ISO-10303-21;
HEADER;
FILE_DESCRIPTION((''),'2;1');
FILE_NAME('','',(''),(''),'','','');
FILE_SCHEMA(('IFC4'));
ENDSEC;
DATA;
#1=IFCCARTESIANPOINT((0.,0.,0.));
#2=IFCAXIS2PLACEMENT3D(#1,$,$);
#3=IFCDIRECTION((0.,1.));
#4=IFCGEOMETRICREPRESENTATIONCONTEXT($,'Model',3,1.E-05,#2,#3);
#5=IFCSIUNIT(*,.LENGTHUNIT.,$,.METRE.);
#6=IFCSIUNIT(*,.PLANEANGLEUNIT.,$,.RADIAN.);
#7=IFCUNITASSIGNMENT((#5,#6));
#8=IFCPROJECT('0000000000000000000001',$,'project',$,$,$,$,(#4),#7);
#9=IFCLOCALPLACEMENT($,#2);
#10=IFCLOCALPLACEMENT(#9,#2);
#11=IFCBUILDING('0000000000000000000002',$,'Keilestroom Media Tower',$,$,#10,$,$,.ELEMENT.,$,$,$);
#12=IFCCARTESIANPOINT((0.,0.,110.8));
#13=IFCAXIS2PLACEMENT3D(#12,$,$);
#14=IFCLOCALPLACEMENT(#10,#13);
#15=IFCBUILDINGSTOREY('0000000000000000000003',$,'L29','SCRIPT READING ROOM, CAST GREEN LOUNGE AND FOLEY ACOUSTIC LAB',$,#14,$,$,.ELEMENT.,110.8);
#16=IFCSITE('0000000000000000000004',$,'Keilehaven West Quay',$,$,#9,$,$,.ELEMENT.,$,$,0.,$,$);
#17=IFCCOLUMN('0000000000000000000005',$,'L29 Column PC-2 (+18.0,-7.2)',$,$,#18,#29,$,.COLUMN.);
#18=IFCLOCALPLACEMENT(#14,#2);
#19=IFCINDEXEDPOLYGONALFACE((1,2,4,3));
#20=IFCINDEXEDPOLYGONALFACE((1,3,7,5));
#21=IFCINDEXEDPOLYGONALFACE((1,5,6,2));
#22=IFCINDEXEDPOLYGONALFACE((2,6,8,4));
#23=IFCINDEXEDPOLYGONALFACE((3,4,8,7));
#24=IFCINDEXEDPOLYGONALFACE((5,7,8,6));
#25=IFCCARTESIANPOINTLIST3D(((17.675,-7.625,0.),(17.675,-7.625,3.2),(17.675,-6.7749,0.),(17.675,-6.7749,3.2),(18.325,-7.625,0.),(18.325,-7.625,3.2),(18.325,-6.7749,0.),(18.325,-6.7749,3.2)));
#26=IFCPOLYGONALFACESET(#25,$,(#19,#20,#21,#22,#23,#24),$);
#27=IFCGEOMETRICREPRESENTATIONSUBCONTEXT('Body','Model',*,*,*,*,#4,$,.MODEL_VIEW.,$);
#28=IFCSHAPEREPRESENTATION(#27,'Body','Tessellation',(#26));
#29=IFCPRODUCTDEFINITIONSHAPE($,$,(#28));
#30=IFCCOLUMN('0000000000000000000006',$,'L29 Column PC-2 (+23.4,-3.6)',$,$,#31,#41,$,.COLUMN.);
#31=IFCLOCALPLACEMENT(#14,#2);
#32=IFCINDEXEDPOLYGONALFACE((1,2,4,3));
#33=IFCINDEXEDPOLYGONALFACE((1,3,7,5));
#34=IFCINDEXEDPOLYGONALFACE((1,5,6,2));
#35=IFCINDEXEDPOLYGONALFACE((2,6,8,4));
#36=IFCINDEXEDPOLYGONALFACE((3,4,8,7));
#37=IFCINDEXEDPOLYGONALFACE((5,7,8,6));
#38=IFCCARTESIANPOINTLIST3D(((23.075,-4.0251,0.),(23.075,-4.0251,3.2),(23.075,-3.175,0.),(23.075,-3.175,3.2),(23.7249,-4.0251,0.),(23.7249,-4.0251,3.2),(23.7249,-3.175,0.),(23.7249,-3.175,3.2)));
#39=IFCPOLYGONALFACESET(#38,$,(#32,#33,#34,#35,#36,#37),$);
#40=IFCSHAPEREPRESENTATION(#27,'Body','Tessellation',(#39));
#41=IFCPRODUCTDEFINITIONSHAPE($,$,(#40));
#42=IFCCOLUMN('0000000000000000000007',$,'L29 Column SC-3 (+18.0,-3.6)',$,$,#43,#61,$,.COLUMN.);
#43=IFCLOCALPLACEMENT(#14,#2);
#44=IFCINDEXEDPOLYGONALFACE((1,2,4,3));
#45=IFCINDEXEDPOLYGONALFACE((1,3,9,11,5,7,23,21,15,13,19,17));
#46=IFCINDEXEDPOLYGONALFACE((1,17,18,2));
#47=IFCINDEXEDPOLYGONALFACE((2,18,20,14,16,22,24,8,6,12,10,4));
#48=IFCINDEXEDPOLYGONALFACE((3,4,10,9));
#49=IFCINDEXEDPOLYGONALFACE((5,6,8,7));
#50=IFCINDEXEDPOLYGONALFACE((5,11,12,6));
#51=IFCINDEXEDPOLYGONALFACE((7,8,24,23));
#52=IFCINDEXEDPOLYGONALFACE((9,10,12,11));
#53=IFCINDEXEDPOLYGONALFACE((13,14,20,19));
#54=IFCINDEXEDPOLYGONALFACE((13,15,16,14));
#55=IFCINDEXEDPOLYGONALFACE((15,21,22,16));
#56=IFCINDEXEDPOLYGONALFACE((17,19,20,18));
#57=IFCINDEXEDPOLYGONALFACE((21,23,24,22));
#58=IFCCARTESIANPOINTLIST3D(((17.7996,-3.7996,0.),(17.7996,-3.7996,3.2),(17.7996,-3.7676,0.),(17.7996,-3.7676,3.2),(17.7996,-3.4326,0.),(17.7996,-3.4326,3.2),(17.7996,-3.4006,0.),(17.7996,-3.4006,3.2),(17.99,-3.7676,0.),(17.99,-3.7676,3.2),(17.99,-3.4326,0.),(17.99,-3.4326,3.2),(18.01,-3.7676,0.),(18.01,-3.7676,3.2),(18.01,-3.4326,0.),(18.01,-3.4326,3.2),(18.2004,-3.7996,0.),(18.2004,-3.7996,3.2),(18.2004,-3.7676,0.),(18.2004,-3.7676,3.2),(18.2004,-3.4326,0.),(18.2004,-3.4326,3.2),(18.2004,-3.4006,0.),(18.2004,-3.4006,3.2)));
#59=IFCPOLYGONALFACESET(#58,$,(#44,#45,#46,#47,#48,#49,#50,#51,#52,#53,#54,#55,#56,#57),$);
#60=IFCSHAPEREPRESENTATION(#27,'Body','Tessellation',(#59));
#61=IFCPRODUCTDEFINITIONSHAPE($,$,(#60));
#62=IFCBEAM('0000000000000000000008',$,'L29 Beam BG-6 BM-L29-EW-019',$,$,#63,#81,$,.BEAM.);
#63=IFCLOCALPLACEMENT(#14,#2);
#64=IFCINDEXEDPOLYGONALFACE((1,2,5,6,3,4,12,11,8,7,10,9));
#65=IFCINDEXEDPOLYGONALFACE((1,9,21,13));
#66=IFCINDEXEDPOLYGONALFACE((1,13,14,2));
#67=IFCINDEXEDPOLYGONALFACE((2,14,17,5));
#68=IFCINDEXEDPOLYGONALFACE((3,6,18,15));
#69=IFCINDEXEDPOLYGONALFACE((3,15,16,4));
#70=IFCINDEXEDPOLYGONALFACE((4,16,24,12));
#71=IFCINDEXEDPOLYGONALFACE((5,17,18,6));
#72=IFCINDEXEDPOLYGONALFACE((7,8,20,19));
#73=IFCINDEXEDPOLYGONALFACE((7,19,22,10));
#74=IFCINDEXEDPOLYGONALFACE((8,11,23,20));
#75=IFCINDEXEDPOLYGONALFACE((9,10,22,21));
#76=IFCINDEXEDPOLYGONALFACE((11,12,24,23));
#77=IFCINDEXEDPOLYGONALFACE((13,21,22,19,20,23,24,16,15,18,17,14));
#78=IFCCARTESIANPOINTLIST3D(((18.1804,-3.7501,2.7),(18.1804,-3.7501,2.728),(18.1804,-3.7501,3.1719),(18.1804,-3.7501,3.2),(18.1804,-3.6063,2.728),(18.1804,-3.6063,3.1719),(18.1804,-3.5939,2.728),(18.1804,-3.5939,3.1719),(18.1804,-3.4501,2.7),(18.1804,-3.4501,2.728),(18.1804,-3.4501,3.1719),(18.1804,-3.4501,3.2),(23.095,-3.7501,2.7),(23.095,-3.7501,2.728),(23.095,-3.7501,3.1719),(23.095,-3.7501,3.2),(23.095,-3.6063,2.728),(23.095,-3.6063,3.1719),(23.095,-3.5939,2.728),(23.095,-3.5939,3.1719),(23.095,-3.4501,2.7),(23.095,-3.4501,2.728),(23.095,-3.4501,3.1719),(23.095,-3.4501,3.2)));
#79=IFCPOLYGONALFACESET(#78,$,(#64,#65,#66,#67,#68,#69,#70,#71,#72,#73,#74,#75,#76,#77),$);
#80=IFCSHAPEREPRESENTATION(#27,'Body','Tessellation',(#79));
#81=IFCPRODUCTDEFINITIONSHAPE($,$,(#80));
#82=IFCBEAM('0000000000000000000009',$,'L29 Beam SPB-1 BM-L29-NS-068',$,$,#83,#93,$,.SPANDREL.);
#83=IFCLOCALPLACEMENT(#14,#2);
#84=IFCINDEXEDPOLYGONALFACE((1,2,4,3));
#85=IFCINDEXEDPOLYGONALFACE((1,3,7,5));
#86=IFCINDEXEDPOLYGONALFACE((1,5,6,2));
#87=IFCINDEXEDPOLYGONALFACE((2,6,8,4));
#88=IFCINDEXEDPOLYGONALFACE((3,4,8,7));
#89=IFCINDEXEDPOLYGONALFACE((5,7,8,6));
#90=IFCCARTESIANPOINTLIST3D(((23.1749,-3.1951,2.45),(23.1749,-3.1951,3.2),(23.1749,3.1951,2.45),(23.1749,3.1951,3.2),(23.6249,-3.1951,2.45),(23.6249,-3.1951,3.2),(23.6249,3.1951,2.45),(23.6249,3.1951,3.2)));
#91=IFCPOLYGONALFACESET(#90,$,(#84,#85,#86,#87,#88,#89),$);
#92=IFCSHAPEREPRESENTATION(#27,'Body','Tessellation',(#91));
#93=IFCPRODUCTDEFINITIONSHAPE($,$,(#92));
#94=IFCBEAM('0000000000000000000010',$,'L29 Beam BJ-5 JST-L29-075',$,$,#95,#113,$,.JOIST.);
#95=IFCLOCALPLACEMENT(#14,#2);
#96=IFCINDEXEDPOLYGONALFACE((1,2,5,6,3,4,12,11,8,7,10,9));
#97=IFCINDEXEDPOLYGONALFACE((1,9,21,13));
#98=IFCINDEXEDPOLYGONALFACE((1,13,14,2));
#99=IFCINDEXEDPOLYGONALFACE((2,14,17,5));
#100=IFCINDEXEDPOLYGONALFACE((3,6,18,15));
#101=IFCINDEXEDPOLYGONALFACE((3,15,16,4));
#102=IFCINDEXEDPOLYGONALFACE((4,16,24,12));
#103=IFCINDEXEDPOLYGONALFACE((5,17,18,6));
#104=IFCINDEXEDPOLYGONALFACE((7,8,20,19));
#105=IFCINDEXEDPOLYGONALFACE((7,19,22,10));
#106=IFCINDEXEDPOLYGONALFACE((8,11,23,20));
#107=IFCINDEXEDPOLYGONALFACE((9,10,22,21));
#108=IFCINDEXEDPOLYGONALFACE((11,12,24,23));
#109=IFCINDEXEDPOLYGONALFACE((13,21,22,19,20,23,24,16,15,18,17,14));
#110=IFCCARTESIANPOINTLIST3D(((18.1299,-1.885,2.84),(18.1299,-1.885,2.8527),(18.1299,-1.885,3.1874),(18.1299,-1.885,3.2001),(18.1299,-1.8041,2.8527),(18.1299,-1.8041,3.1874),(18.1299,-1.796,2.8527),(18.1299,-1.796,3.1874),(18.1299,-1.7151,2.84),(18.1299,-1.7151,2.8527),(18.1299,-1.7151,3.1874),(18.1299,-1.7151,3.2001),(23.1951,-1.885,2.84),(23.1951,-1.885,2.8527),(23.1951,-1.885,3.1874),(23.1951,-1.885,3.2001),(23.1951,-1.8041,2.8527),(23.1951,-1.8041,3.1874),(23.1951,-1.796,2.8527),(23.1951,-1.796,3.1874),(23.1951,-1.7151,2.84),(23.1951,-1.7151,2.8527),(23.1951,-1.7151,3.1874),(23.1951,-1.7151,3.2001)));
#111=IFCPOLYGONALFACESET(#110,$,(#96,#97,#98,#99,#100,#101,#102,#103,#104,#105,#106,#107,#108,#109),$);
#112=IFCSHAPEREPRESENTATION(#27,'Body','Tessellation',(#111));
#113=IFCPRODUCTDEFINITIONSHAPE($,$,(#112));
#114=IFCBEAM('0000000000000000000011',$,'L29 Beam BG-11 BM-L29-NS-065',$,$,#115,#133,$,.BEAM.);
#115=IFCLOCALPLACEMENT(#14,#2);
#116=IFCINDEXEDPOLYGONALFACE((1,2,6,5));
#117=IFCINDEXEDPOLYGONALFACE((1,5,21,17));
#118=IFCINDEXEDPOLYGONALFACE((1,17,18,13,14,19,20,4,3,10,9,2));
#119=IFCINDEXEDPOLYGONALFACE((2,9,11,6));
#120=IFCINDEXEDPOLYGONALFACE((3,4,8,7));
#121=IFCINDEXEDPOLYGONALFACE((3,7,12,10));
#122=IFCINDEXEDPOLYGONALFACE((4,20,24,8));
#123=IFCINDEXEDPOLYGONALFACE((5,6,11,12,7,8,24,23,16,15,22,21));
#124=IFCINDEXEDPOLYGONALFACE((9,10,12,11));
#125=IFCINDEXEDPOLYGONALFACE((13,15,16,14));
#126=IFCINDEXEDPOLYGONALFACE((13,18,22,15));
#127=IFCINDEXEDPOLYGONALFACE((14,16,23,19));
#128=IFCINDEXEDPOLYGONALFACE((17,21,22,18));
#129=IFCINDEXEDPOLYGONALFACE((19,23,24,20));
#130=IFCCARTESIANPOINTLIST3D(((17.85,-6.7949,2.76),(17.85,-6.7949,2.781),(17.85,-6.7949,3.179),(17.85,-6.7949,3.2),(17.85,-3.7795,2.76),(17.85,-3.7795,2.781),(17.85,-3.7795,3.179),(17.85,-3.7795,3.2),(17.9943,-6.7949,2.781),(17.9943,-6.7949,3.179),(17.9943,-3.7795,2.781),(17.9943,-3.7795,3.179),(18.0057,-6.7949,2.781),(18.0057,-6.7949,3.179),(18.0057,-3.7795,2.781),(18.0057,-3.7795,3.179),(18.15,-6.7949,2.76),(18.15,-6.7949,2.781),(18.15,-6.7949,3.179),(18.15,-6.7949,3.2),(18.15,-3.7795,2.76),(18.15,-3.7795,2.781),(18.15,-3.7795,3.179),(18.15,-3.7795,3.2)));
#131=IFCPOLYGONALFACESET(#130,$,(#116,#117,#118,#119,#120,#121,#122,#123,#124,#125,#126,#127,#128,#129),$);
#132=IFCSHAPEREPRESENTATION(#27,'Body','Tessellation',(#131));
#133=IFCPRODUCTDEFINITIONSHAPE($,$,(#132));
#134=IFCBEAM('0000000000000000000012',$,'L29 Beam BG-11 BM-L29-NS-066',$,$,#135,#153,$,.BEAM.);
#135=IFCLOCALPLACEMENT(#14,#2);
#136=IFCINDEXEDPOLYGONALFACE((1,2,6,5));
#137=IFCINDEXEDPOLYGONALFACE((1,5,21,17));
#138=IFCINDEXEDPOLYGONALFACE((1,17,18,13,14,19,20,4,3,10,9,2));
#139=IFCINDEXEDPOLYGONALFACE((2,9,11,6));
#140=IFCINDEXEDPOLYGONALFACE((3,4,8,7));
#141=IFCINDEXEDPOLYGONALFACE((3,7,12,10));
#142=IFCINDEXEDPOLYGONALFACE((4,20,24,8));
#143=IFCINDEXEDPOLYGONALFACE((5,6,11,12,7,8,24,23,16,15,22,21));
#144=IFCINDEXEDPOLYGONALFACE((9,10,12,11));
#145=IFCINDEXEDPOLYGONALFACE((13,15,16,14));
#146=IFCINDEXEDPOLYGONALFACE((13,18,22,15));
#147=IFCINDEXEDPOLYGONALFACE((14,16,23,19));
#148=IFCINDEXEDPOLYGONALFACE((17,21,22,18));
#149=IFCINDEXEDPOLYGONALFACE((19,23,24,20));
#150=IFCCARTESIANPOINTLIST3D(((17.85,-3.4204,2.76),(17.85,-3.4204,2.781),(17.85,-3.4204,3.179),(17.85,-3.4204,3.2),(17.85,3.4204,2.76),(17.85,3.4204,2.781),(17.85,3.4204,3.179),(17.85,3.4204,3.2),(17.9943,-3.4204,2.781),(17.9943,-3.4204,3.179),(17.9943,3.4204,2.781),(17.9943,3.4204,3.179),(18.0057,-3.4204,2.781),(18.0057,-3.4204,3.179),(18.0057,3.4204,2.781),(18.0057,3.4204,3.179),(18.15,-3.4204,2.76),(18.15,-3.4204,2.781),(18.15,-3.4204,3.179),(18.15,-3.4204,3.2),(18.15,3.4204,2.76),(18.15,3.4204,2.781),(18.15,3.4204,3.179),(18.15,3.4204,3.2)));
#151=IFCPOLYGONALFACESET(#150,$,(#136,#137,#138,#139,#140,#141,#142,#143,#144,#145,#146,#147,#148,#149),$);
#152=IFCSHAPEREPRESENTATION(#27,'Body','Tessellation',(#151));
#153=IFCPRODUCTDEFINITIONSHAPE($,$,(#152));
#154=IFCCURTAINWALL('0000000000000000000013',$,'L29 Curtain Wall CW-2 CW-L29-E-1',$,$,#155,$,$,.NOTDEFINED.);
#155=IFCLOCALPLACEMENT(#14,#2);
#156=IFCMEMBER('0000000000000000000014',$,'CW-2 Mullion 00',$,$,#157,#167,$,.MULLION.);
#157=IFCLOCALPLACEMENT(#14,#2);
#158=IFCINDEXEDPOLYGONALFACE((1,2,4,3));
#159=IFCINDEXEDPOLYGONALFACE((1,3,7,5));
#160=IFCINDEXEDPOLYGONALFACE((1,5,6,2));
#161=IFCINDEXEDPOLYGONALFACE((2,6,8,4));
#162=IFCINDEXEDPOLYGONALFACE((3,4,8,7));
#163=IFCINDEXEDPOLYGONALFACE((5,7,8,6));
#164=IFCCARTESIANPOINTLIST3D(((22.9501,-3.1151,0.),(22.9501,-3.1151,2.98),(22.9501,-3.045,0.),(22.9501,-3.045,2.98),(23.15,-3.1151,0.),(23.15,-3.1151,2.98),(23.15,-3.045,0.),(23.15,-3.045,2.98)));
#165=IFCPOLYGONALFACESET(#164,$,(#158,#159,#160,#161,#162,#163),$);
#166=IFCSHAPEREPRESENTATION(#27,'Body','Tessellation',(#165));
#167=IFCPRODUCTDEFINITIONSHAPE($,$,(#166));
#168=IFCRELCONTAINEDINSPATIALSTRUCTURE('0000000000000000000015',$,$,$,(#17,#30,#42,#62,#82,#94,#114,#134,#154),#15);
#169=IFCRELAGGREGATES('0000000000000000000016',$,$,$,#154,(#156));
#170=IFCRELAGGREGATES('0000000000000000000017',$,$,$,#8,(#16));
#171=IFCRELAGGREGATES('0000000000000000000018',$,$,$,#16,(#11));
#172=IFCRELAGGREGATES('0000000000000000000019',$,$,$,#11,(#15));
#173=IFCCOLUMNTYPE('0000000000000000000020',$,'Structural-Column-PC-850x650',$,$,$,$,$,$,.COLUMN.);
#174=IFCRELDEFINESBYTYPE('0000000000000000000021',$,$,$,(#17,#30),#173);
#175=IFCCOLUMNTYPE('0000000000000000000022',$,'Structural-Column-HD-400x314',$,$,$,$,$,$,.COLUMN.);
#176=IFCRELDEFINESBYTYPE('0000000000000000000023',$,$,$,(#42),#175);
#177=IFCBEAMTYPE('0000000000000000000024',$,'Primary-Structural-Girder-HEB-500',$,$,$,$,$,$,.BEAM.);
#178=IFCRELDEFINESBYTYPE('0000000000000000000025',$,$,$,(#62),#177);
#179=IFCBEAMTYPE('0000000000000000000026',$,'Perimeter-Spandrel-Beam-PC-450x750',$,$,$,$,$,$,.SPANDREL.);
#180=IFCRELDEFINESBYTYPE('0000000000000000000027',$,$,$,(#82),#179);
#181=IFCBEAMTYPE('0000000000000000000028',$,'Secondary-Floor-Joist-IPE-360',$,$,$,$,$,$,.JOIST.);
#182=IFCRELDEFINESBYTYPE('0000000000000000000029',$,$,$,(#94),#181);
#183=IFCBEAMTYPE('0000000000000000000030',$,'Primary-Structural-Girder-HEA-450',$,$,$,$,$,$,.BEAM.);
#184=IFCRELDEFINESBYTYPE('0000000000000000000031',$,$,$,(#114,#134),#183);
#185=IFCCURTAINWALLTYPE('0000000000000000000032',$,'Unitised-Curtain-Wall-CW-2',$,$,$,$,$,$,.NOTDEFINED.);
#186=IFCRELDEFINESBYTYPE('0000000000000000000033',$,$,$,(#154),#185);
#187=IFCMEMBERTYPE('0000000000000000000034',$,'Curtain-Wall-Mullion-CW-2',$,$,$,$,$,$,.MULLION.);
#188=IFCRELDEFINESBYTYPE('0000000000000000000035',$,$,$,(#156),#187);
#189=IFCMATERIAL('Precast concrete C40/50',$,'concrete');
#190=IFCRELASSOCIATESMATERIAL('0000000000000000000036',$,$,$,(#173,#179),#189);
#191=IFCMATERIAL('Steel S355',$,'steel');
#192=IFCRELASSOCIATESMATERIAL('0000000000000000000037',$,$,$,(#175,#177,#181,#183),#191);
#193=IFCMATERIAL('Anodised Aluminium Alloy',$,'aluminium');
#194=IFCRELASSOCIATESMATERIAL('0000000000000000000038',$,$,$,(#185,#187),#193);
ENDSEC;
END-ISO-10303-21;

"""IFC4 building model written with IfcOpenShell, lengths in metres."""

from ifc_helpers import new_model, si_unit, direction, frame, origin, origin_2d, place, context, subcontext, project, spatial, rectangle, i_section, extrude, source, transform, mapped, material, material_profile, profile_set, type_object, element, aggregate, save


model = new_model("IFC4")

# Units and contexts
model_context = context("Model", 3, precision=1e-05, world=origin(), true_north=direction((0.0, 1.0)))
body_context = subcontext(model_context, "Body", "Model", "MODEL_VIEW")
ifc_project = project(units=[si_unit("LENGTHUNIT", "METRE"), si_unit("PLANEANGLEUNIT", "RADIAN")], contexts=[model_context])

# Site, building, storey
site_placement = place(None, origin())
site = spatial("IfcSite", under=ifc_project, at=site_placement, Name="Keilehaven West Quay", CompositionType="ELEMENT", RefElevation=0.0)
building_placement = place(site_placement, origin())
building = spatial("IfcBuilding", under=site, at=building_placement, Name="Keilestroom Media Tower", CompositionType="ELEMENT")
storey_placement = place(building_placement, frame((0.0, 0.0, 110.8)))
storey = spatial("IfcBuildingStorey", under=building, at=storey_placement, Name="L29", Description="SCRIPT READING ROOM, CAST GREEN LOUNGE AND FOLEY ACOUSTIC LAB", CompositionType="ELEMENT", Elevation=110.8)

# Columns
ifc_material_1 = material(Name="Precast concrete C40/50", Category="concrete")
ifc_material_profile_1 = material_profile(ifc_material_1, rectangle(XDim=0.6499, YDim=0.8501, at=origin_2d()), Name="PC 850x650")
ifc_profile_set_1 = profile_set([ifc_material_profile_1], Name="Precast concrete C40/50")
column_type_1 = type_object("IfcColumnType", Name="Structural-Column-PC-850x650", PredefinedType="COLUMN", material=ifc_profile_set_1)
shared_shape_1 = source(origin(), body_context, "Body", "SweptSolid", [
    extrude(rectangle(XDim=0.6499, YDim=0.8501, at=origin_2d()), origin(), (0.0, 0.0, 1.0), 3.2),
])
for number, where, z_axis, x_axis, name in (
    (1, (18.0, -7.2, 0.0), (0.0, 0.0, 1.0), (1.0, 0.0, 0.0), "L29 Column PC-2 (+18.0,-7.2)"),
    (2, (23.3999, -3.6001, 0.0), (0.0, 0.0, 1.0), (1.0, 0.0, 0.0), "L29 Column PC-2 (+23.4,-3.6)"),
):
    element("IfcColumn", number, at=place(storey_placement, frame(where, z_axis=z_axis, x_axis=x_axis)), inside=storey, type_object=column_type_1, Name=name, PredefinedType="COLUMN", context=body_context, shape_type="MappedRepresentation", body=[
        mapped(shared_shape_1, transform((0.0, 0.0, 0.0), x_axis=(1.0, 0.0, 0.0), y_axis=(0.0, 1.0, 0.0), z_axis=(0.0, 0.0, 1.0), scale=1.0)),
    ])
ifc_material_2 = material(Name="Steel S355", Category="steel")
ifc_material_profile_2 = material_profile(ifc_material_2, i_section(OverallWidth=0.4009, OverallDepth=0.3989, WebThickness=0.02, FlangeThickness=0.032, at=origin_2d()), Name="HD 400x314")
ifc_profile_set_2 = profile_set([ifc_material_profile_2], Name="Steel S355")
column_type_2 = type_object("IfcColumnType", Name="Structural-Column-HD-400x314", PredefinedType="COLUMN", material=ifc_profile_set_2)
shared_shape_2 = source(origin(), body_context, "Body", "SweptSolid", [
    extrude(i_section(OverallWidth=0.4009, OverallDepth=0.3989, WebThickness=0.02, FlangeThickness=0.032, at=origin_2d()), origin(), (0.0, 0.0, 1.0), 3.2),
])
column_placement = place(storey_placement, frame((18.0, -3.6001, 0.0), z_axis=(0.0, 0.0, 1.0), x_axis=(1.0, 0.0, 0.0)))
element("IfcColumn", 3, at=column_placement, inside=storey, type_object=column_type_2, Name="L29 Column SC-3 (+18.0,-3.6)", PredefinedType="COLUMN", context=body_context, shape_type="MappedRepresentation", body=[
    mapped(shared_shape_2, transform((0.0, 0.0, 0.0), x_axis=(1.0, 0.0, 0.0), y_axis=(0.0, 1.0, 0.0), z_axis=(0.0, 0.0, 1.0), scale=1.0)),
])

# Beams
ifc_material_profile_3 = material_profile(ifc_material_2, i_section(OverallWidth=0.3, OverallDepth=0.5, WebThickness=0.0125, FlangeThickness=0.0281, at=origin_2d()), Name="HEB 500")
ifc_profile_set_3 = profile_set([ifc_material_profile_3], Name="Steel S355")
beam_type_1 = type_object("IfcBeamType", Name="Primary-Structural-Girder-HEB-500", PredefinedType="BEAM", material=ifc_profile_set_3)
shared_shape_3 = source(origin(), body_context, "Body", "SweptSolid", [
    extrude(i_section(OverallWidth=0.3, OverallDepth=0.5, WebThickness=0.0125, FlangeThickness=0.0281, at=origin_2d()), origin(), (0.0, 0.0, 1.0), 4.9146),
])
beam_1_placement = place(storey_placement, frame((18.1804, -3.6001, 2.95), z_axis=(1.0, 0.0, 0.0), x_axis=(0.0, 1.0, 0.0)))
element("IfcBeam", 4, at=beam_1_placement, inside=storey, type_object=beam_type_1, Name="L29 Beam BG-6 BM-L29-EW-019", PredefinedType="BEAM", context=body_context, shape_type="MappedRepresentation", body=[
    mapped(shared_shape_3, transform((0.0, 0.0, 0.0), x_axis=(1.0, 0.0, 0.0), y_axis=(0.0, 1.0, 0.0), z_axis=(0.0, 0.0, 1.0), scale=1.0)),
])
ifc_material_profile_4 = material_profile(ifc_material_1, rectangle(XDim=0.45, YDim=0.75, at=origin_2d()), Name="PC 450x750")
ifc_profile_set_4 = profile_set([ifc_material_profile_4], Name="Precast concrete C40/50")
beam_type_2 = type_object("IfcBeamType", Name="Perimeter-Spandrel-Beam-PC-450x750", PredefinedType="SPANDREL", material=ifc_profile_set_4)
shared_shape_4 = source(origin(), body_context, "Body", "SweptSolid", [
    extrude(rectangle(XDim=0.45, YDim=0.75, at=origin_2d()), origin(), (0.0, 0.0, 1.0), 6.3901),
])
beam_2_placement = place(storey_placement, frame((23.3999, -3.1951, 2.825), z_axis=(0.0, 1.0, 0.0), x_axis=(-1.0, 0.0, 0.0)))
element("IfcBeam", 5, at=beam_2_placement, inside=storey, type_object=beam_type_2, Name="L29 Beam SPB-1 BM-L29-NS-068", PredefinedType="SPANDREL", context=body_context, shape_type="MappedRepresentation", body=[
    mapped(shared_shape_4, transform((0.0, 0.0, 0.0), x_axis=(1.0, 0.0, 0.0), y_axis=(0.0, 1.0, 0.0), z_axis=(0.0, 0.0, 1.0), scale=1.0)),
])
ifc_material_profile_5 = material_profile(ifc_material_2, i_section(OverallWidth=0.1699, OverallDepth=0.3601, WebThickness=0.0081, FlangeThickness=0.0127, at=origin_2d()), Name="IPE 360")
ifc_profile_set_5 = profile_set([ifc_material_profile_5], Name="Steel S355")
beam_type_3 = type_object("IfcBeamType", Name="Secondary-Floor-Joist-IPE-360", PredefinedType="JOIST", material=ifc_profile_set_5)
shared_shape_5 = source(origin(), body_context, "Body", "SweptSolid", [
    extrude(i_section(OverallWidth=0.1699, OverallDepth=0.3601, WebThickness=0.0081, FlangeThickness=0.0127, at=origin_2d()), origin(), (0.0, 0.0, 1.0), 5.0652),
])
beam_3_placement = place(storey_placement, frame((18.1299, -1.8, 3.02), z_axis=(1.0, 0.0, 0.0), x_axis=(0.0, 1.0, 0.0)))
element("IfcBeam", 6, at=beam_3_placement, inside=storey, type_object=beam_type_3, Name="L29 Beam BJ-5 JST-L29-075", PredefinedType="JOIST", context=body_context, shape_type="MappedRepresentation", body=[
    mapped(shared_shape_5, transform((0.0, 0.0, 0.0), x_axis=(1.0, 0.0, 0.0), y_axis=(0.0, 1.0, 0.0), z_axis=(0.0, 0.0, 1.0), scale=1.0)),
])
ifc_material_profile_6 = material_profile(ifc_material_2, i_section(OverallWidth=0.3, OverallDepth=0.4399, WebThickness=0.0115, FlangeThickness=0.021, at=origin_2d()), Name="HEA 450")
ifc_profile_set_6 = profile_set([ifc_material_profile_6], Name="Steel S355")
beam_type_4 = type_object("IfcBeamType", Name="Primary-Structural-Girder-HEA-450", PredefinedType="BEAM", material=ifc_profile_set_6)
shared_shape_6 = source(origin(), body_context, "Body", "SweptSolid", [
    extrude(i_section(OverallWidth=0.3, OverallDepth=0.4399, WebThickness=0.0115, FlangeThickness=0.021, at=origin_2d()), origin(), (0.0, 0.0, 1.0), 3.0154),
])
beam_4_placement = place(storey_placement, frame((18.0, -6.7949, 2.98), z_axis=(0.0, 1.0, 0.0), x_axis=(-1.0, 0.0, 0.0)))
element("IfcBeam", 7, at=beam_4_placement, inside=storey, type_object=beam_type_4, Name="L29 Beam BG-11 BM-L29-NS-065", PredefinedType="BEAM", context=body_context, shape_type="MappedRepresentation", body=[
    mapped(shared_shape_6, transform((0.0, 0.0, 0.0), x_axis=(1.0, 0.0, 0.0), y_axis=(0.0, 1.0, 0.0), z_axis=(0.0, 0.0, 1.0), scale=1.0)),
])
shared_shape_7 = source(origin(), body_context, "Body", "SweptSolid", [
    extrude(i_section(OverallWidth=0.3, OverallDepth=0.4399, WebThickness=0.0115, FlangeThickness=0.021, at=origin_2d()), origin(), (0.0, 0.0, 1.0), 6.8408),
])
beam_5_placement = place(storey_placement, frame((18.0, -3.4204, 2.98), z_axis=(0.0, 1.0, 0.0), x_axis=(-1.0, 0.0, 0.0)))
element("IfcBeam", 8, at=beam_5_placement, inside=storey, type_object=beam_type_4, Name="L29 Beam BG-11 BM-L29-NS-066", PredefinedType="BEAM", context=body_context, shape_type="MappedRepresentation", body=[
    mapped(shared_shape_7, transform((0.0, 0.0, 0.0), x_axis=(1.0, 0.0, 0.0), y_axis=(0.0, 1.0, 0.0), z_axis=(0.0, 0.0, 1.0), scale=1.0)),
])

# Curtain wall, member
ifc_material_3 = material(Name="Anodised Aluminium Alloy", Category="aluminium")
curtain_wall_type = type_object("IfcCurtainWallType", Name="Unitised-Curtain-Wall-CW-2", PredefinedType="NOTDEFINED", material=ifc_material_3)
curtain_wall_1_placement = place(storey_placement, origin())
curtain_wall_1 = element("IfcCurtainWall", 9, at=curtain_wall_1_placement, inside=storey, type_object=curtain_wall_type, Name="L29 Curtain Wall CW-2 CW-L29-E-1", PredefinedType="NOTDEFINED")
ifc_material_profile_7 = material_profile(ifc_material_3, rectangle(XDim=0.0701, YDim=0.2, at=origin_2d()), Name="ALU MULLION 70x200")
ifc_profile_set_7 = profile_set([ifc_material_profile_7], Name="Anodised Aluminium Alloy")
member_type_1 = type_object("IfcMemberType", Name="Curtain-Wall-Mullion-CW-2", PredefinedType="MULLION", material=ifc_profile_set_7)
shared_shape_8 = source(origin(), body_context, "Body", "SweptSolid", [
    extrude(rectangle(XDim=0.0701, YDim=0.2, at=origin_2d()), origin(), (0.0, 0.0, 1.0), 2.98),
])
member_1_placement = place(storey_placement, frame((23.05, -3.0801, 0.0), z_axis=(0.0, 0.0, 1.0), x_axis=(0.0, 1.0, 0.0)))
member_1 = element("IfcMember", 10, at=member_1_placement, type_object=member_type_1, Name="CW-2 Mullion 00", PredefinedType="MULLION", context=body_context, shape_type="MappedRepresentation", body=[
    mapped(shared_shape_8, transform((0.0, 0.0, 0.0), x_axis=(1.0, 0.0, 0.0), y_axis=(0.0, 1.0, 0.0), z_axis=(0.0, 0.0, 1.0), scale=1.0)),
])

aggregate(curtain_wall_1, [member_1])

save(model, "model.ifc")
